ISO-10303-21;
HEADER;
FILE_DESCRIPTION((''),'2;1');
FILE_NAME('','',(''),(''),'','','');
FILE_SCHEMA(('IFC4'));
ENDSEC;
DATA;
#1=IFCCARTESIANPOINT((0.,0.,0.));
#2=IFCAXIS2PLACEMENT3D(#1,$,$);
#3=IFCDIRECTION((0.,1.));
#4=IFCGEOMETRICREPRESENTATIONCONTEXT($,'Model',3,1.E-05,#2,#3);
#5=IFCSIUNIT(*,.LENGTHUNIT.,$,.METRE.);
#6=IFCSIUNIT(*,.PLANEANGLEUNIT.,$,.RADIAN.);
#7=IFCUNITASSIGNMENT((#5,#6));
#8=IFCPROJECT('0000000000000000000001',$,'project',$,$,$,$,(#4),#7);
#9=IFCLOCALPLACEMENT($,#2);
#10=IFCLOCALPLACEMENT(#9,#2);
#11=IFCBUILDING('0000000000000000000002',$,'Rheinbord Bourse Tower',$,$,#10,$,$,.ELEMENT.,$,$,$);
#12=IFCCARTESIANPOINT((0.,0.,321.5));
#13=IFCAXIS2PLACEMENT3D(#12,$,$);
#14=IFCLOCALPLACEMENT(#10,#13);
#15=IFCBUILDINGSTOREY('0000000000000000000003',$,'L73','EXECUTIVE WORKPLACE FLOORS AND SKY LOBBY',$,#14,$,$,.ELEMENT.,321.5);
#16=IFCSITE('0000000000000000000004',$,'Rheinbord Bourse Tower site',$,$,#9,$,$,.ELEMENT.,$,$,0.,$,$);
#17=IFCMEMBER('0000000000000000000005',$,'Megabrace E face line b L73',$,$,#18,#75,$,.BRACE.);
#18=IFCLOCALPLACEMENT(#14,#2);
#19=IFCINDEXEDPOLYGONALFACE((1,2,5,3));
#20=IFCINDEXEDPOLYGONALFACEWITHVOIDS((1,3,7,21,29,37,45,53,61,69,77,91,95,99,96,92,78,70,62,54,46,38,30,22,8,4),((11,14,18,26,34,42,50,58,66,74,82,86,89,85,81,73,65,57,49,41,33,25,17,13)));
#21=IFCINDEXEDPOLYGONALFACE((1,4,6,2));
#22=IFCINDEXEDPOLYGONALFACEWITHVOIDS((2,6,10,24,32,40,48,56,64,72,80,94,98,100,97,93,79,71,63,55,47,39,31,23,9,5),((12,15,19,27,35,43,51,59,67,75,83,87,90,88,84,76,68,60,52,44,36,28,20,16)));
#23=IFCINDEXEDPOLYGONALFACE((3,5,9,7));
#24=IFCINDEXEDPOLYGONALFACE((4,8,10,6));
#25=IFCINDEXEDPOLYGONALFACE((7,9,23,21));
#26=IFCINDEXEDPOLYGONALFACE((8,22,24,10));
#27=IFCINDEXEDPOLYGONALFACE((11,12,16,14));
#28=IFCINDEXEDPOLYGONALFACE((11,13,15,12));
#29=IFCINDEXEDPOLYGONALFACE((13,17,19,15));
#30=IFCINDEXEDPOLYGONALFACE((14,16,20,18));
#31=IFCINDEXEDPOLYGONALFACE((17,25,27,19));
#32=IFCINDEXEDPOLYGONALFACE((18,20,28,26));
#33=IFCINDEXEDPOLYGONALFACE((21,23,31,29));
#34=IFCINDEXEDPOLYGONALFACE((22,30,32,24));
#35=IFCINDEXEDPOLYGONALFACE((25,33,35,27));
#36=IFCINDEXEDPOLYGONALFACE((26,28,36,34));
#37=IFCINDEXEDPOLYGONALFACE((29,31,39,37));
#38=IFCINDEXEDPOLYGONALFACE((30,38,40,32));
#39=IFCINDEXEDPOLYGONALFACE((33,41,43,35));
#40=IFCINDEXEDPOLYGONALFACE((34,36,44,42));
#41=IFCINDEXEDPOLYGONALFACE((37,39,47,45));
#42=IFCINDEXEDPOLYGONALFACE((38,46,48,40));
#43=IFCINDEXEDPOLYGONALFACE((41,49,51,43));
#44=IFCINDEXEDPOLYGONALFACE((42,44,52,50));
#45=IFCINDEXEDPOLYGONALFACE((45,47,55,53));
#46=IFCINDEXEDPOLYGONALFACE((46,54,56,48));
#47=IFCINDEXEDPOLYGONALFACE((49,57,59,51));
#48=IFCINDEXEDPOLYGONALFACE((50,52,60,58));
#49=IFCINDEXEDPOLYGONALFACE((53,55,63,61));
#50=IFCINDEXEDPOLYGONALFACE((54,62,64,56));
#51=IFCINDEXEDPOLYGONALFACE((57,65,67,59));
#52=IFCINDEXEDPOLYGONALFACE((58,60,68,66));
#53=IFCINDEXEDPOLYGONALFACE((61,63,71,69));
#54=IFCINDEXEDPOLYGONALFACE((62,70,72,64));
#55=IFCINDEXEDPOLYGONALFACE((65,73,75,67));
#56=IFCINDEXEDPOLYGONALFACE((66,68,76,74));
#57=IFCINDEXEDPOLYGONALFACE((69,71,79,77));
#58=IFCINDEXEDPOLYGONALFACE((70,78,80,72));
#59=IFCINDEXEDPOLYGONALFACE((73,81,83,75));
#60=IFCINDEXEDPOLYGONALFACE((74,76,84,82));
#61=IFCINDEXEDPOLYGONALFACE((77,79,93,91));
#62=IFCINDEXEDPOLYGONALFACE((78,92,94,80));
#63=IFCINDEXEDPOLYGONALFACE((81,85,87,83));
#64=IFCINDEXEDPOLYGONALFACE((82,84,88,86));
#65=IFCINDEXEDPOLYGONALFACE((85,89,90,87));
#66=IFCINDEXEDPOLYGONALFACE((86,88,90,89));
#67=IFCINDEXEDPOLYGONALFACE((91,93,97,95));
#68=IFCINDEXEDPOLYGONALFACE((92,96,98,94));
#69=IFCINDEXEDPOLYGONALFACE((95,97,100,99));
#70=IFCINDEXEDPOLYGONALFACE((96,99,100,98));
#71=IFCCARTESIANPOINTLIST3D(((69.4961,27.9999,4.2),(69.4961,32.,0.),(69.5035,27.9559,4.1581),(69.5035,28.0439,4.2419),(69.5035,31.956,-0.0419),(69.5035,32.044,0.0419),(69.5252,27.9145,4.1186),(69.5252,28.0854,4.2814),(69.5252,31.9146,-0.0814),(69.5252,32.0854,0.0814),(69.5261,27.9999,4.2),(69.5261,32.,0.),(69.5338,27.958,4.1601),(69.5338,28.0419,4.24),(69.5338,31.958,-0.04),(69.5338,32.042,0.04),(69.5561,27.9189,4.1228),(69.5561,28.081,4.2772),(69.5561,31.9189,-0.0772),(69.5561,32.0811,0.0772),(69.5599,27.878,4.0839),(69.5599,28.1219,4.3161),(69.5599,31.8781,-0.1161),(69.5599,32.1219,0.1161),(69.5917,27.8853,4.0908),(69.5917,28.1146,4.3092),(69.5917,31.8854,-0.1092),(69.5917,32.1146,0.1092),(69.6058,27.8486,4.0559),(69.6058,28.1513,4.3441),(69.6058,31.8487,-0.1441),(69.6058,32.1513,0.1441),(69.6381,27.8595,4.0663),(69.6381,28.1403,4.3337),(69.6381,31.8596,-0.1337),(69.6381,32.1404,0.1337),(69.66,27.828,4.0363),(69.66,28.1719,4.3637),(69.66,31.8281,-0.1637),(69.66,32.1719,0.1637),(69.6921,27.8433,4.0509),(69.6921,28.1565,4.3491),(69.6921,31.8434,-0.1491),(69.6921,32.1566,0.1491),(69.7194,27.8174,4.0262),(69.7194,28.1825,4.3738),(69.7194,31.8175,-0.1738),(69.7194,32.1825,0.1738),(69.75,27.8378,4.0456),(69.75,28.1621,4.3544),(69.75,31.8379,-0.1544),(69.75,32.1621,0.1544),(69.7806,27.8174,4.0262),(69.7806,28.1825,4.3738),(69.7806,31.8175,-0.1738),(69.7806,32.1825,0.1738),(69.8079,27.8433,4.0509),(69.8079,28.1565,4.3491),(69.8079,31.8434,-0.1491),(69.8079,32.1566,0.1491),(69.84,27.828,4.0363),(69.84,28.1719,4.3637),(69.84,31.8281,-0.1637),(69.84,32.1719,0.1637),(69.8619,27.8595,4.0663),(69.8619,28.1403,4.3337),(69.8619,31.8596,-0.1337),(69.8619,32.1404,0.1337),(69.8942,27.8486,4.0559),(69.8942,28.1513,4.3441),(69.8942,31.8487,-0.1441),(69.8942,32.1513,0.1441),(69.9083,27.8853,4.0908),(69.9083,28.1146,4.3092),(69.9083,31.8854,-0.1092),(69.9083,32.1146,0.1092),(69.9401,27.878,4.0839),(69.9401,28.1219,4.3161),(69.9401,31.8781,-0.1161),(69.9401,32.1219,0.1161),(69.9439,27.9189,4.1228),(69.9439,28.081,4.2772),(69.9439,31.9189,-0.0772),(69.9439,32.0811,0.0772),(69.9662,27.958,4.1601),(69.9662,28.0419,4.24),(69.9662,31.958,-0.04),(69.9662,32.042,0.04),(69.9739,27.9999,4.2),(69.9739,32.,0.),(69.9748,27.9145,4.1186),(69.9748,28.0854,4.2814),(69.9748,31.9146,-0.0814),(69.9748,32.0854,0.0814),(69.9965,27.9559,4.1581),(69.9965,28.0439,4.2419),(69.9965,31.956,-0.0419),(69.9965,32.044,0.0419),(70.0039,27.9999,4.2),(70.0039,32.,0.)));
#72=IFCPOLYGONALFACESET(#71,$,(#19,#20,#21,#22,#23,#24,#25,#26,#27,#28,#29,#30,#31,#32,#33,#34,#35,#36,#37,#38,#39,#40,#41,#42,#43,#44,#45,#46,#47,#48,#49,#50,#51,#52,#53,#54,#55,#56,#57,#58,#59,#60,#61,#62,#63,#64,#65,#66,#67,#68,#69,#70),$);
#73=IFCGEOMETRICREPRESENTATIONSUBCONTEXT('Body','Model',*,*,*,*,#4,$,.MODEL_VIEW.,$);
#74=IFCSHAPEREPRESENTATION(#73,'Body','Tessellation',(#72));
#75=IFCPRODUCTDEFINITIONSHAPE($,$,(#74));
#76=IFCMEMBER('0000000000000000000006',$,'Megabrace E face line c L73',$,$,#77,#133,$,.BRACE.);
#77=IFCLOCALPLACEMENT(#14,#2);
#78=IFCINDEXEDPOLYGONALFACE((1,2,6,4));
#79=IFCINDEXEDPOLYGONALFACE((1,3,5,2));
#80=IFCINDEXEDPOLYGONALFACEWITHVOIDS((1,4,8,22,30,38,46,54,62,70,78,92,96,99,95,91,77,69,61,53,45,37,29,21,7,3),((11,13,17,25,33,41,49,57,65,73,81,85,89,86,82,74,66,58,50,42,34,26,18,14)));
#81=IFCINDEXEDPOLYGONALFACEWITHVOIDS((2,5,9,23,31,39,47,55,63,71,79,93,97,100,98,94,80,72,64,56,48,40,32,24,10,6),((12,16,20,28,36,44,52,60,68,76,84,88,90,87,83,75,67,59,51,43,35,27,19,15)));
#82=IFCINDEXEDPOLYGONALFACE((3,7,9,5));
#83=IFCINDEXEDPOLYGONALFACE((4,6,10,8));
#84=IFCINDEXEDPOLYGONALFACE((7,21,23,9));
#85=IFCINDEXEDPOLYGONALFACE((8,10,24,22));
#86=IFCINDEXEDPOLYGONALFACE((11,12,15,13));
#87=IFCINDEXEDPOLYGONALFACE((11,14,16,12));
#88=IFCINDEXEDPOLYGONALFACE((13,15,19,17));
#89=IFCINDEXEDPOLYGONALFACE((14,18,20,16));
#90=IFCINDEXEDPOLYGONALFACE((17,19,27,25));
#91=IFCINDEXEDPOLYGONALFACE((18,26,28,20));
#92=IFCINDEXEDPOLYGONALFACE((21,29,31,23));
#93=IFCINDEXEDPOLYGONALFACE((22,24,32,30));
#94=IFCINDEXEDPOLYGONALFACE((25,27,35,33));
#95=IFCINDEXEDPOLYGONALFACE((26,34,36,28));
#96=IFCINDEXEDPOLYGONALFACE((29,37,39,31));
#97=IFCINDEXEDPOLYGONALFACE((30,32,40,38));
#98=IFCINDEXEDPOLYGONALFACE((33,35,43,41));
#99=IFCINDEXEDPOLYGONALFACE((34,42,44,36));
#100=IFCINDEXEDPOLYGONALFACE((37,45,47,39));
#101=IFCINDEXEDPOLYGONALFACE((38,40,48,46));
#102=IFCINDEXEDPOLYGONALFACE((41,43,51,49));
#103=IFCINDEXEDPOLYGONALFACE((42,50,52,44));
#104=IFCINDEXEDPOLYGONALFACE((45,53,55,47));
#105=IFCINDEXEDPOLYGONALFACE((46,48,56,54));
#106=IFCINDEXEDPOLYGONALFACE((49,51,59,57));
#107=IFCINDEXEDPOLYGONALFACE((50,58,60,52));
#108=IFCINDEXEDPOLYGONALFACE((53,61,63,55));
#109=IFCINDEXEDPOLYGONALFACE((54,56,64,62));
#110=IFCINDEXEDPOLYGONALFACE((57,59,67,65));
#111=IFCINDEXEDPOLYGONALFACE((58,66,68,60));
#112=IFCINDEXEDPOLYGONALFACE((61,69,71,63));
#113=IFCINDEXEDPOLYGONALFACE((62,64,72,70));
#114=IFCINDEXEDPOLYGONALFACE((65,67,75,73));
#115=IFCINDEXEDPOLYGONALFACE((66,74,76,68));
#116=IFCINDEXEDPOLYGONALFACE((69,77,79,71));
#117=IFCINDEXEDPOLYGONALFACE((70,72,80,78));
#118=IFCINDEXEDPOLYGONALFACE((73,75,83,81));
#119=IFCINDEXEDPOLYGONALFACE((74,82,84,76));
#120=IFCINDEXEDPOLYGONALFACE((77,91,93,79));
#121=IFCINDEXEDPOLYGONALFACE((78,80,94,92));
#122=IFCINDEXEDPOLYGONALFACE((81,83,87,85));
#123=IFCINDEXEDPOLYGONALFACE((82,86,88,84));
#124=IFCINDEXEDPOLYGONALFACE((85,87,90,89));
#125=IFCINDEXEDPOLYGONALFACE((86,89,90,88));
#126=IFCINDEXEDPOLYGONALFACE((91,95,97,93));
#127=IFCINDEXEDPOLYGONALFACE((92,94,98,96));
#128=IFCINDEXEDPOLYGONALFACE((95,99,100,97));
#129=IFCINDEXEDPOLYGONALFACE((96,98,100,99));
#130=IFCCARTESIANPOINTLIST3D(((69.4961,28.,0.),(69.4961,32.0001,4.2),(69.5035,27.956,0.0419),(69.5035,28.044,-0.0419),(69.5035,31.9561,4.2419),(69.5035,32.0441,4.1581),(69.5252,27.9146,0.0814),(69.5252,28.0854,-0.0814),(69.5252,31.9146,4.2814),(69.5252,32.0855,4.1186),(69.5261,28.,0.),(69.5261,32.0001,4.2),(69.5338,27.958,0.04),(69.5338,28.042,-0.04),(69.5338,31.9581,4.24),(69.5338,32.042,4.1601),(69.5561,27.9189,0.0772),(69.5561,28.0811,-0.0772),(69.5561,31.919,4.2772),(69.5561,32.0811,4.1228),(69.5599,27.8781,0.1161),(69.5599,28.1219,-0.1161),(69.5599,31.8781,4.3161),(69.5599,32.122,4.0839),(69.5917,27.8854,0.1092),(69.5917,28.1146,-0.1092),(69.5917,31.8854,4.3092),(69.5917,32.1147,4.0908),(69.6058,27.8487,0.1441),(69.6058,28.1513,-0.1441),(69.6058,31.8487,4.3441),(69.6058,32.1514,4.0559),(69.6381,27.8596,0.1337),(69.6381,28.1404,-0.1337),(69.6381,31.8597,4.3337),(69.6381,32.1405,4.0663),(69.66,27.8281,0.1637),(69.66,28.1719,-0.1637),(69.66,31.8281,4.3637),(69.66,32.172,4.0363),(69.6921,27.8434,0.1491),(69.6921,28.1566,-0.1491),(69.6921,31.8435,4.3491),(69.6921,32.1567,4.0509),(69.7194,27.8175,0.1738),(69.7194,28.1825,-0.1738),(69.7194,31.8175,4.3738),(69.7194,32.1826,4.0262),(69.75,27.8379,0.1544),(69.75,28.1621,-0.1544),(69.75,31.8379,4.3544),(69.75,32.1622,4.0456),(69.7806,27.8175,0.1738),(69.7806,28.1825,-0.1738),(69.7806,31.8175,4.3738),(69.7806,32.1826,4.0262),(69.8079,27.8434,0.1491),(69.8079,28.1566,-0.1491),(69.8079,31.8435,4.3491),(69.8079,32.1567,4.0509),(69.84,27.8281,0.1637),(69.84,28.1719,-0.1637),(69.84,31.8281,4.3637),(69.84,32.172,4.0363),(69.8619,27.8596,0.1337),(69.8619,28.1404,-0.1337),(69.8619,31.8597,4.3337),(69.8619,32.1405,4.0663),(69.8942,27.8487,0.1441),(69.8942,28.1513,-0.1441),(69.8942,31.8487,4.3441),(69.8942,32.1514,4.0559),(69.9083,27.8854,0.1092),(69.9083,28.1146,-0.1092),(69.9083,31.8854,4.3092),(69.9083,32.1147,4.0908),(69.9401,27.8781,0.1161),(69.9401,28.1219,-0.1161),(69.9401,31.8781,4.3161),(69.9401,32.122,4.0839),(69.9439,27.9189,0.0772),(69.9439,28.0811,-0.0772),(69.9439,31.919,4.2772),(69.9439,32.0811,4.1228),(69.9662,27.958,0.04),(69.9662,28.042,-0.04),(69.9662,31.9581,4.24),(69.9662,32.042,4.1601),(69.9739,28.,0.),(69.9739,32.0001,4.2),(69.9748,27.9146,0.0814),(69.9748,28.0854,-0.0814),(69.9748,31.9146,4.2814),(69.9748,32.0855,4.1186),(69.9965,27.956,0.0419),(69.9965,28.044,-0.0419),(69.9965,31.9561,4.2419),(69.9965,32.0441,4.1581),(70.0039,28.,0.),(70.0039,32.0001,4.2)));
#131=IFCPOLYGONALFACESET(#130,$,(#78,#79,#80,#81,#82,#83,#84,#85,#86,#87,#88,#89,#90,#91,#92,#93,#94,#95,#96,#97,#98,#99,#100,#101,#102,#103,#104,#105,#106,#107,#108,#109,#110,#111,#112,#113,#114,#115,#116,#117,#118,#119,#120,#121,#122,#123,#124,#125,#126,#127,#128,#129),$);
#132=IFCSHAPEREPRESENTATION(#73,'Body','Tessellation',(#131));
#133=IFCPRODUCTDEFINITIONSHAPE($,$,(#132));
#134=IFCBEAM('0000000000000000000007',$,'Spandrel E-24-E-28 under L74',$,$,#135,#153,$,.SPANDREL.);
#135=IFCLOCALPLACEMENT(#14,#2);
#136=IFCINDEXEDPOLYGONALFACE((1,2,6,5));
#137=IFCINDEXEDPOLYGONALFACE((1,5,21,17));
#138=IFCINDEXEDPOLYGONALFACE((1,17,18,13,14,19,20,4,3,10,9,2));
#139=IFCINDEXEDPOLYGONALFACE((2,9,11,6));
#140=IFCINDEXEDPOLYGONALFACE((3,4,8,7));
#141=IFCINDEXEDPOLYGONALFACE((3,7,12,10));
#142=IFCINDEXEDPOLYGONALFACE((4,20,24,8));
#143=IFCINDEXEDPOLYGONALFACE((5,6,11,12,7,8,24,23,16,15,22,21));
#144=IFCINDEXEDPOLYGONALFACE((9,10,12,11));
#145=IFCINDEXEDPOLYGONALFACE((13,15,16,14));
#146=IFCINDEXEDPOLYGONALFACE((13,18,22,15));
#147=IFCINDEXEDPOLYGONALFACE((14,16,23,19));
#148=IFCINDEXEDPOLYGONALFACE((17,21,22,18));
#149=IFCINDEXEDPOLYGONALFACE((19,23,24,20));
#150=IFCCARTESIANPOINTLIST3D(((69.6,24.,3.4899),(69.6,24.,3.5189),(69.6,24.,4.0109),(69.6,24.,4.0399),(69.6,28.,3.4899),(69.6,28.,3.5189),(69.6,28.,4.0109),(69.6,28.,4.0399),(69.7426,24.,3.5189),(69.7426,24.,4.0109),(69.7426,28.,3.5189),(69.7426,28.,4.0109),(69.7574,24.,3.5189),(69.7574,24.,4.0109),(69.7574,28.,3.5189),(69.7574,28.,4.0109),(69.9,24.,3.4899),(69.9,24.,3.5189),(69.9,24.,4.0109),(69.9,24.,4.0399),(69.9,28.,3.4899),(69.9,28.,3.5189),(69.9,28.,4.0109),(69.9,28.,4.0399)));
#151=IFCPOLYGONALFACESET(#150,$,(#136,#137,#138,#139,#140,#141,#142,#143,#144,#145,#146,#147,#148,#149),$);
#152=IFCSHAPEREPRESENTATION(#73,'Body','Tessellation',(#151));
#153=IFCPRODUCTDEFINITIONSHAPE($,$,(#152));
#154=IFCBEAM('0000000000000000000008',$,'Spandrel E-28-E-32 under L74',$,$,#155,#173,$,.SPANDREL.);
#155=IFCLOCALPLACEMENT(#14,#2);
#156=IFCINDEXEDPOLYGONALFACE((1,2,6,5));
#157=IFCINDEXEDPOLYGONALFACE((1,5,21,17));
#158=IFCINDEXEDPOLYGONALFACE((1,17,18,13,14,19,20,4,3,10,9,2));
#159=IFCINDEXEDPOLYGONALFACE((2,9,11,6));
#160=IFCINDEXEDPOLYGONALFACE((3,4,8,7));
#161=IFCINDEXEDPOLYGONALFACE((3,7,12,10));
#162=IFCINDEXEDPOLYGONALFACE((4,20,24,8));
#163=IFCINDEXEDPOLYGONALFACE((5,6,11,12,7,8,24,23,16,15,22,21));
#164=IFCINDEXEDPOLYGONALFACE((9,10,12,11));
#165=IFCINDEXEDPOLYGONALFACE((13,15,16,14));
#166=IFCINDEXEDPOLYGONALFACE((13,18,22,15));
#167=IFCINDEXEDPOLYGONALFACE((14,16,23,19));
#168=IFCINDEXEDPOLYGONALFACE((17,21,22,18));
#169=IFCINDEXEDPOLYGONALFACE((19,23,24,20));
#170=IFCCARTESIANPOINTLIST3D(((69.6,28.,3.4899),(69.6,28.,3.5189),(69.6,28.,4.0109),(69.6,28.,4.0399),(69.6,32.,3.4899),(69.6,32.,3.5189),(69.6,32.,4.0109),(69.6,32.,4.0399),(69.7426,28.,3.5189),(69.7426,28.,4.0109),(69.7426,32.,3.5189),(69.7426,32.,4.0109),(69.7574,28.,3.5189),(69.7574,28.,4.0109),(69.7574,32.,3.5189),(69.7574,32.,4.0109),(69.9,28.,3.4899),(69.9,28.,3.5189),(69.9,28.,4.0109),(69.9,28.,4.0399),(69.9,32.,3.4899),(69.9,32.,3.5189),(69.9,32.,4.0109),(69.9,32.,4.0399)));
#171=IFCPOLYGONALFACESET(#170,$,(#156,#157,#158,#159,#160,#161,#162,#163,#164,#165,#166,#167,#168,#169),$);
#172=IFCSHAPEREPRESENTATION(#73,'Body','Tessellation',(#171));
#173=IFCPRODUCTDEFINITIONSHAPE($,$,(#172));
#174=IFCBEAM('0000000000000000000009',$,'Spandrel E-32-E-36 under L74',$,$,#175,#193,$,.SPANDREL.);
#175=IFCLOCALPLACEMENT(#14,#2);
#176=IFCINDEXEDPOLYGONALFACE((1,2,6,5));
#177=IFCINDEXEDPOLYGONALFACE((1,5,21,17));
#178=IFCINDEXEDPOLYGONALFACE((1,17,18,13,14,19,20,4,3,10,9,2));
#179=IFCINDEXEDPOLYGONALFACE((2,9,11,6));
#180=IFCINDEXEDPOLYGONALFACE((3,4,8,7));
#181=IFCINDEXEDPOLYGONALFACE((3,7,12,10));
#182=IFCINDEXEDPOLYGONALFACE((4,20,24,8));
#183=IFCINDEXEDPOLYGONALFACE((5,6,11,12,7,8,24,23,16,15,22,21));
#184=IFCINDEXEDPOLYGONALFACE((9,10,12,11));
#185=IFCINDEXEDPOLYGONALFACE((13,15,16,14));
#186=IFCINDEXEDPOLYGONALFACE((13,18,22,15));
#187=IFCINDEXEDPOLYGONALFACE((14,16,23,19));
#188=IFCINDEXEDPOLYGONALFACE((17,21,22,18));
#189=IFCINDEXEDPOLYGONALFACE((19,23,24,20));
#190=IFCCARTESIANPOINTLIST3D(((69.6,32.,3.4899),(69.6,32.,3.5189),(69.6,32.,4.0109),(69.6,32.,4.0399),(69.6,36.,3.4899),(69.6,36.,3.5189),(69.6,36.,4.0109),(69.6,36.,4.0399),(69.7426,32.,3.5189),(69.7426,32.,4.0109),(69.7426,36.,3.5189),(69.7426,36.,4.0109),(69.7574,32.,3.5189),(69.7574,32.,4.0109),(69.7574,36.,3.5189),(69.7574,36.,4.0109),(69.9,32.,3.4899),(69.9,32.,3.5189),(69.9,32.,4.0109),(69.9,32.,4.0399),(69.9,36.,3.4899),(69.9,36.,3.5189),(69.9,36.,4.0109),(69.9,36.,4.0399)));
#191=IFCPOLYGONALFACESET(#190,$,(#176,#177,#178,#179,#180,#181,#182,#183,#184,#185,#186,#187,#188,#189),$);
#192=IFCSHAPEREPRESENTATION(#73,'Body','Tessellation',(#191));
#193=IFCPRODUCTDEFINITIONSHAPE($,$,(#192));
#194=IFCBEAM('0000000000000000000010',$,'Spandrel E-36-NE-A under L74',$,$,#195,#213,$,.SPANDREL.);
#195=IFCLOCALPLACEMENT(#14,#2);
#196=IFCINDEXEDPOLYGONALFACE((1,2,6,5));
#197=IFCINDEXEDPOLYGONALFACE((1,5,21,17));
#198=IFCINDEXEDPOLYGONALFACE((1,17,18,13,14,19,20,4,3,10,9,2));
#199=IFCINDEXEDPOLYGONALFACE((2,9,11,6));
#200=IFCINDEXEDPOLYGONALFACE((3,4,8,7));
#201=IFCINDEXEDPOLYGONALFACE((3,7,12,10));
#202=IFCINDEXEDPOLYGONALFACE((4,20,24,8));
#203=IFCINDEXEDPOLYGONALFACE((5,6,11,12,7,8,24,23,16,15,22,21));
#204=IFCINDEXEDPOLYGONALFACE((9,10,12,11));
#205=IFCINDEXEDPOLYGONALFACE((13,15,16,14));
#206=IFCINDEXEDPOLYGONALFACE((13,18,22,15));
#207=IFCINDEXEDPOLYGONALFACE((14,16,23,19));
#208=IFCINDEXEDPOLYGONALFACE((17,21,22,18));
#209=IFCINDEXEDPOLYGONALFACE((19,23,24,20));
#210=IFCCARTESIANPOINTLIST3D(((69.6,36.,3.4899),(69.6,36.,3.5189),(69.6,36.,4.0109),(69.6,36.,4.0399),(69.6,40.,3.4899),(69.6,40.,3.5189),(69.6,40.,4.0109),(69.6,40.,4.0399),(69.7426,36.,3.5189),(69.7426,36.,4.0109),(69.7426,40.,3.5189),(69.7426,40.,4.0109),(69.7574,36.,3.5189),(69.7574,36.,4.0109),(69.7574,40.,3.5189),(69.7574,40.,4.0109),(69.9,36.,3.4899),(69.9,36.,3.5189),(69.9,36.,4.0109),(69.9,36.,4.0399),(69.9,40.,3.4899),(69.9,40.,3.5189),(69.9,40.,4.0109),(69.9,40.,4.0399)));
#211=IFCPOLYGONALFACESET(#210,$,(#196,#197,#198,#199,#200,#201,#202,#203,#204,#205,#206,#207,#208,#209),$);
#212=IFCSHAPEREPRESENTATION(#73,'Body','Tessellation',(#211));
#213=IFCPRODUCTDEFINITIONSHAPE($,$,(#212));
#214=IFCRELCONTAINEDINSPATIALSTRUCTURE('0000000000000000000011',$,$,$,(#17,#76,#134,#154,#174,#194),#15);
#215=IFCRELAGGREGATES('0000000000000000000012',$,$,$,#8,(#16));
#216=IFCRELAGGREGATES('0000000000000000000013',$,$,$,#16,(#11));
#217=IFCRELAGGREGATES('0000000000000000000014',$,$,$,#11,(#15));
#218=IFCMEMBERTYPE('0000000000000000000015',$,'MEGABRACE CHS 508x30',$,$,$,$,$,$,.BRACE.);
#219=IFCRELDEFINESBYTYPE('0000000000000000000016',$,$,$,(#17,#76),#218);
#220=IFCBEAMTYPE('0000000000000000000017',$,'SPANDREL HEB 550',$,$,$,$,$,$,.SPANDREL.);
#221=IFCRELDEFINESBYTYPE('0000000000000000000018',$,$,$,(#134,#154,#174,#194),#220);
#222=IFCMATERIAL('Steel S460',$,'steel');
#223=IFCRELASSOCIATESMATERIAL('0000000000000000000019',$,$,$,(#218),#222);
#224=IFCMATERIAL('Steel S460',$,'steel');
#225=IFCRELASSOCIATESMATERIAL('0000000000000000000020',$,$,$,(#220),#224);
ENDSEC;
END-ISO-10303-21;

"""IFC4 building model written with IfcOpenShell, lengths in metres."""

from ifc_helpers import new_model, si_unit, direction, frame, origin, origin_2d, place, context, subcontext, project, spatial, hollow_circle, i_section, extrude, material, material_profile, profile_set, type_object, element, save


model = new_model("IFC4")

# Units and contexts
model_context = context("Model", 3, precision=1e-05, world=origin(), true_north=direction((0.0, 1.0)))
body_context = subcontext(model_context, "Body", "Model", "MODEL_VIEW")
ifc_project = project(units=[si_unit("LENGTHUNIT", "METRE"), si_unit("PLANEANGLEUNIT", "RADIAN")], contexts=[model_context])

# Site, building, storey
site_placement = place(None, origin())
site = spatial("IfcSite", under=ifc_project, at=site_placement, Name="Rheinbord Bourse Tower site", CompositionType="ELEMENT", RefElevation=0.0)
building_placement = place(site_placement, origin())
building = spatial("IfcBuilding", under=site, at=building_placement, Name="Rheinbord Bourse Tower", CompositionType="ELEMENT")
storey_placement = place(building_placement, frame((0.0, 0.0, 321.5)))
storey = spatial("IfcBuildingStorey", under=building, at=storey_placement, Name="L73", Description="EXECUTIVE WORKPLACE FLOORS AND SKY LOBBY", CompositionType="ELEMENT", Elevation=321.5)

# Members
ifc_material_1 = material(Name="Steel S460", Category="steel")
ifc_material_profile_1 = material_profile(ifc_material_1, hollow_circle(Radius=0.2539, WallThickness=0.03, at=origin_2d()), Name="CHS 508x30")
ifc_profile_set_1 = profile_set([ifc_material_profile_1], Name="Steel S460")
member_type_1 = type_object("IfcMemberType", Name="MEGABRACE CHS 508x30", PredefinedType="BRACE", material=ifc_profile_set_1)
for number, where, z_axis, x_axis, name in (
    (1, (69.75, 32.0, 0.0), (0.0, -0.689659, 0.724134), (1.0, 0.0, 0.0), "Megabrace E face line b L73"),
    (2, (69.75, 28.0, 0.0), (0.0, 0.689659, 0.724134), (-1.0, 0.0, 0.0), "Megabrace E face line c L73"),
):
    element("IfcMember", number, at=place(storey_placement, frame(where, z_axis=z_axis, x_axis=x_axis)), inside=storey, type_object=member_type_1, Name=name, PredefinedType="BRACE", context=body_context, shape_type="SweptSolid", body=[
        extrude(hollow_circle(Radius=0.2539, WallThickness=0.03, at=origin_2d()), origin(), (0.0, 0.0, 1.0), 5.8),
    ])

# Beams
ifc_material_2 = material(Name="Steel S460", Category="steel")
ifc_material_profile_2 = material_profile(ifc_material_2, i_section(OverallWidth=0.3, OverallDepth=0.55, WebThickness=0.0149, FlangeThickness=0.0291, at=origin_2d()), Name="HEB 550")
ifc_profile_set_2 = profile_set([ifc_material_profile_2], Name="Steel S460")
beam_type_1 = type_object("IfcBeamType", Name="SPANDREL HEB 550", PredefinedType="SPANDREL", material=ifc_profile_set_2)
for number, where, z_axis, x_axis, name in (
    (3, (69.75, 24.0, 3.7649), (0.0, 1.0, 0.0), (-1.0, 0.0, 0.0), "Spandrel E-24-E-28 under L74"),
    (4, (69.75, 28.0, 3.7649), (0.0, 1.0, 0.0), (-1.0, 0.0, 0.0), "Spandrel E-28-E-32 under L74"),
    (5, (69.75, 32.0, 3.7649), (0.0, 1.0, 0.0), (-1.0, 0.0, 0.0), "Spandrel E-32-E-36 under L74"),
    (6, (69.75, 36.0, 3.7649), (0.0, 1.0, 0.0), (-1.0, 0.0, 0.0), "Spandrel E-36-NE-A under L74"),
):
    element("IfcBeam", number, at=place(storey_placement, frame(where, z_axis=z_axis, x_axis=x_axis)), inside=storey, type_object=beam_type_1, Name=name, PredefinedType="SPANDREL", context=body_context, shape_type="SweptSolid", body=[
        extrude(i_section(OverallWidth=0.3, OverallDepth=0.55, WebThickness=0.0149, FlangeThickness=0.0291, at=origin_2d()), origin(), (0.0, 0.0, 1.0), 4.0),
    ])

save(model, "model.ifc")
